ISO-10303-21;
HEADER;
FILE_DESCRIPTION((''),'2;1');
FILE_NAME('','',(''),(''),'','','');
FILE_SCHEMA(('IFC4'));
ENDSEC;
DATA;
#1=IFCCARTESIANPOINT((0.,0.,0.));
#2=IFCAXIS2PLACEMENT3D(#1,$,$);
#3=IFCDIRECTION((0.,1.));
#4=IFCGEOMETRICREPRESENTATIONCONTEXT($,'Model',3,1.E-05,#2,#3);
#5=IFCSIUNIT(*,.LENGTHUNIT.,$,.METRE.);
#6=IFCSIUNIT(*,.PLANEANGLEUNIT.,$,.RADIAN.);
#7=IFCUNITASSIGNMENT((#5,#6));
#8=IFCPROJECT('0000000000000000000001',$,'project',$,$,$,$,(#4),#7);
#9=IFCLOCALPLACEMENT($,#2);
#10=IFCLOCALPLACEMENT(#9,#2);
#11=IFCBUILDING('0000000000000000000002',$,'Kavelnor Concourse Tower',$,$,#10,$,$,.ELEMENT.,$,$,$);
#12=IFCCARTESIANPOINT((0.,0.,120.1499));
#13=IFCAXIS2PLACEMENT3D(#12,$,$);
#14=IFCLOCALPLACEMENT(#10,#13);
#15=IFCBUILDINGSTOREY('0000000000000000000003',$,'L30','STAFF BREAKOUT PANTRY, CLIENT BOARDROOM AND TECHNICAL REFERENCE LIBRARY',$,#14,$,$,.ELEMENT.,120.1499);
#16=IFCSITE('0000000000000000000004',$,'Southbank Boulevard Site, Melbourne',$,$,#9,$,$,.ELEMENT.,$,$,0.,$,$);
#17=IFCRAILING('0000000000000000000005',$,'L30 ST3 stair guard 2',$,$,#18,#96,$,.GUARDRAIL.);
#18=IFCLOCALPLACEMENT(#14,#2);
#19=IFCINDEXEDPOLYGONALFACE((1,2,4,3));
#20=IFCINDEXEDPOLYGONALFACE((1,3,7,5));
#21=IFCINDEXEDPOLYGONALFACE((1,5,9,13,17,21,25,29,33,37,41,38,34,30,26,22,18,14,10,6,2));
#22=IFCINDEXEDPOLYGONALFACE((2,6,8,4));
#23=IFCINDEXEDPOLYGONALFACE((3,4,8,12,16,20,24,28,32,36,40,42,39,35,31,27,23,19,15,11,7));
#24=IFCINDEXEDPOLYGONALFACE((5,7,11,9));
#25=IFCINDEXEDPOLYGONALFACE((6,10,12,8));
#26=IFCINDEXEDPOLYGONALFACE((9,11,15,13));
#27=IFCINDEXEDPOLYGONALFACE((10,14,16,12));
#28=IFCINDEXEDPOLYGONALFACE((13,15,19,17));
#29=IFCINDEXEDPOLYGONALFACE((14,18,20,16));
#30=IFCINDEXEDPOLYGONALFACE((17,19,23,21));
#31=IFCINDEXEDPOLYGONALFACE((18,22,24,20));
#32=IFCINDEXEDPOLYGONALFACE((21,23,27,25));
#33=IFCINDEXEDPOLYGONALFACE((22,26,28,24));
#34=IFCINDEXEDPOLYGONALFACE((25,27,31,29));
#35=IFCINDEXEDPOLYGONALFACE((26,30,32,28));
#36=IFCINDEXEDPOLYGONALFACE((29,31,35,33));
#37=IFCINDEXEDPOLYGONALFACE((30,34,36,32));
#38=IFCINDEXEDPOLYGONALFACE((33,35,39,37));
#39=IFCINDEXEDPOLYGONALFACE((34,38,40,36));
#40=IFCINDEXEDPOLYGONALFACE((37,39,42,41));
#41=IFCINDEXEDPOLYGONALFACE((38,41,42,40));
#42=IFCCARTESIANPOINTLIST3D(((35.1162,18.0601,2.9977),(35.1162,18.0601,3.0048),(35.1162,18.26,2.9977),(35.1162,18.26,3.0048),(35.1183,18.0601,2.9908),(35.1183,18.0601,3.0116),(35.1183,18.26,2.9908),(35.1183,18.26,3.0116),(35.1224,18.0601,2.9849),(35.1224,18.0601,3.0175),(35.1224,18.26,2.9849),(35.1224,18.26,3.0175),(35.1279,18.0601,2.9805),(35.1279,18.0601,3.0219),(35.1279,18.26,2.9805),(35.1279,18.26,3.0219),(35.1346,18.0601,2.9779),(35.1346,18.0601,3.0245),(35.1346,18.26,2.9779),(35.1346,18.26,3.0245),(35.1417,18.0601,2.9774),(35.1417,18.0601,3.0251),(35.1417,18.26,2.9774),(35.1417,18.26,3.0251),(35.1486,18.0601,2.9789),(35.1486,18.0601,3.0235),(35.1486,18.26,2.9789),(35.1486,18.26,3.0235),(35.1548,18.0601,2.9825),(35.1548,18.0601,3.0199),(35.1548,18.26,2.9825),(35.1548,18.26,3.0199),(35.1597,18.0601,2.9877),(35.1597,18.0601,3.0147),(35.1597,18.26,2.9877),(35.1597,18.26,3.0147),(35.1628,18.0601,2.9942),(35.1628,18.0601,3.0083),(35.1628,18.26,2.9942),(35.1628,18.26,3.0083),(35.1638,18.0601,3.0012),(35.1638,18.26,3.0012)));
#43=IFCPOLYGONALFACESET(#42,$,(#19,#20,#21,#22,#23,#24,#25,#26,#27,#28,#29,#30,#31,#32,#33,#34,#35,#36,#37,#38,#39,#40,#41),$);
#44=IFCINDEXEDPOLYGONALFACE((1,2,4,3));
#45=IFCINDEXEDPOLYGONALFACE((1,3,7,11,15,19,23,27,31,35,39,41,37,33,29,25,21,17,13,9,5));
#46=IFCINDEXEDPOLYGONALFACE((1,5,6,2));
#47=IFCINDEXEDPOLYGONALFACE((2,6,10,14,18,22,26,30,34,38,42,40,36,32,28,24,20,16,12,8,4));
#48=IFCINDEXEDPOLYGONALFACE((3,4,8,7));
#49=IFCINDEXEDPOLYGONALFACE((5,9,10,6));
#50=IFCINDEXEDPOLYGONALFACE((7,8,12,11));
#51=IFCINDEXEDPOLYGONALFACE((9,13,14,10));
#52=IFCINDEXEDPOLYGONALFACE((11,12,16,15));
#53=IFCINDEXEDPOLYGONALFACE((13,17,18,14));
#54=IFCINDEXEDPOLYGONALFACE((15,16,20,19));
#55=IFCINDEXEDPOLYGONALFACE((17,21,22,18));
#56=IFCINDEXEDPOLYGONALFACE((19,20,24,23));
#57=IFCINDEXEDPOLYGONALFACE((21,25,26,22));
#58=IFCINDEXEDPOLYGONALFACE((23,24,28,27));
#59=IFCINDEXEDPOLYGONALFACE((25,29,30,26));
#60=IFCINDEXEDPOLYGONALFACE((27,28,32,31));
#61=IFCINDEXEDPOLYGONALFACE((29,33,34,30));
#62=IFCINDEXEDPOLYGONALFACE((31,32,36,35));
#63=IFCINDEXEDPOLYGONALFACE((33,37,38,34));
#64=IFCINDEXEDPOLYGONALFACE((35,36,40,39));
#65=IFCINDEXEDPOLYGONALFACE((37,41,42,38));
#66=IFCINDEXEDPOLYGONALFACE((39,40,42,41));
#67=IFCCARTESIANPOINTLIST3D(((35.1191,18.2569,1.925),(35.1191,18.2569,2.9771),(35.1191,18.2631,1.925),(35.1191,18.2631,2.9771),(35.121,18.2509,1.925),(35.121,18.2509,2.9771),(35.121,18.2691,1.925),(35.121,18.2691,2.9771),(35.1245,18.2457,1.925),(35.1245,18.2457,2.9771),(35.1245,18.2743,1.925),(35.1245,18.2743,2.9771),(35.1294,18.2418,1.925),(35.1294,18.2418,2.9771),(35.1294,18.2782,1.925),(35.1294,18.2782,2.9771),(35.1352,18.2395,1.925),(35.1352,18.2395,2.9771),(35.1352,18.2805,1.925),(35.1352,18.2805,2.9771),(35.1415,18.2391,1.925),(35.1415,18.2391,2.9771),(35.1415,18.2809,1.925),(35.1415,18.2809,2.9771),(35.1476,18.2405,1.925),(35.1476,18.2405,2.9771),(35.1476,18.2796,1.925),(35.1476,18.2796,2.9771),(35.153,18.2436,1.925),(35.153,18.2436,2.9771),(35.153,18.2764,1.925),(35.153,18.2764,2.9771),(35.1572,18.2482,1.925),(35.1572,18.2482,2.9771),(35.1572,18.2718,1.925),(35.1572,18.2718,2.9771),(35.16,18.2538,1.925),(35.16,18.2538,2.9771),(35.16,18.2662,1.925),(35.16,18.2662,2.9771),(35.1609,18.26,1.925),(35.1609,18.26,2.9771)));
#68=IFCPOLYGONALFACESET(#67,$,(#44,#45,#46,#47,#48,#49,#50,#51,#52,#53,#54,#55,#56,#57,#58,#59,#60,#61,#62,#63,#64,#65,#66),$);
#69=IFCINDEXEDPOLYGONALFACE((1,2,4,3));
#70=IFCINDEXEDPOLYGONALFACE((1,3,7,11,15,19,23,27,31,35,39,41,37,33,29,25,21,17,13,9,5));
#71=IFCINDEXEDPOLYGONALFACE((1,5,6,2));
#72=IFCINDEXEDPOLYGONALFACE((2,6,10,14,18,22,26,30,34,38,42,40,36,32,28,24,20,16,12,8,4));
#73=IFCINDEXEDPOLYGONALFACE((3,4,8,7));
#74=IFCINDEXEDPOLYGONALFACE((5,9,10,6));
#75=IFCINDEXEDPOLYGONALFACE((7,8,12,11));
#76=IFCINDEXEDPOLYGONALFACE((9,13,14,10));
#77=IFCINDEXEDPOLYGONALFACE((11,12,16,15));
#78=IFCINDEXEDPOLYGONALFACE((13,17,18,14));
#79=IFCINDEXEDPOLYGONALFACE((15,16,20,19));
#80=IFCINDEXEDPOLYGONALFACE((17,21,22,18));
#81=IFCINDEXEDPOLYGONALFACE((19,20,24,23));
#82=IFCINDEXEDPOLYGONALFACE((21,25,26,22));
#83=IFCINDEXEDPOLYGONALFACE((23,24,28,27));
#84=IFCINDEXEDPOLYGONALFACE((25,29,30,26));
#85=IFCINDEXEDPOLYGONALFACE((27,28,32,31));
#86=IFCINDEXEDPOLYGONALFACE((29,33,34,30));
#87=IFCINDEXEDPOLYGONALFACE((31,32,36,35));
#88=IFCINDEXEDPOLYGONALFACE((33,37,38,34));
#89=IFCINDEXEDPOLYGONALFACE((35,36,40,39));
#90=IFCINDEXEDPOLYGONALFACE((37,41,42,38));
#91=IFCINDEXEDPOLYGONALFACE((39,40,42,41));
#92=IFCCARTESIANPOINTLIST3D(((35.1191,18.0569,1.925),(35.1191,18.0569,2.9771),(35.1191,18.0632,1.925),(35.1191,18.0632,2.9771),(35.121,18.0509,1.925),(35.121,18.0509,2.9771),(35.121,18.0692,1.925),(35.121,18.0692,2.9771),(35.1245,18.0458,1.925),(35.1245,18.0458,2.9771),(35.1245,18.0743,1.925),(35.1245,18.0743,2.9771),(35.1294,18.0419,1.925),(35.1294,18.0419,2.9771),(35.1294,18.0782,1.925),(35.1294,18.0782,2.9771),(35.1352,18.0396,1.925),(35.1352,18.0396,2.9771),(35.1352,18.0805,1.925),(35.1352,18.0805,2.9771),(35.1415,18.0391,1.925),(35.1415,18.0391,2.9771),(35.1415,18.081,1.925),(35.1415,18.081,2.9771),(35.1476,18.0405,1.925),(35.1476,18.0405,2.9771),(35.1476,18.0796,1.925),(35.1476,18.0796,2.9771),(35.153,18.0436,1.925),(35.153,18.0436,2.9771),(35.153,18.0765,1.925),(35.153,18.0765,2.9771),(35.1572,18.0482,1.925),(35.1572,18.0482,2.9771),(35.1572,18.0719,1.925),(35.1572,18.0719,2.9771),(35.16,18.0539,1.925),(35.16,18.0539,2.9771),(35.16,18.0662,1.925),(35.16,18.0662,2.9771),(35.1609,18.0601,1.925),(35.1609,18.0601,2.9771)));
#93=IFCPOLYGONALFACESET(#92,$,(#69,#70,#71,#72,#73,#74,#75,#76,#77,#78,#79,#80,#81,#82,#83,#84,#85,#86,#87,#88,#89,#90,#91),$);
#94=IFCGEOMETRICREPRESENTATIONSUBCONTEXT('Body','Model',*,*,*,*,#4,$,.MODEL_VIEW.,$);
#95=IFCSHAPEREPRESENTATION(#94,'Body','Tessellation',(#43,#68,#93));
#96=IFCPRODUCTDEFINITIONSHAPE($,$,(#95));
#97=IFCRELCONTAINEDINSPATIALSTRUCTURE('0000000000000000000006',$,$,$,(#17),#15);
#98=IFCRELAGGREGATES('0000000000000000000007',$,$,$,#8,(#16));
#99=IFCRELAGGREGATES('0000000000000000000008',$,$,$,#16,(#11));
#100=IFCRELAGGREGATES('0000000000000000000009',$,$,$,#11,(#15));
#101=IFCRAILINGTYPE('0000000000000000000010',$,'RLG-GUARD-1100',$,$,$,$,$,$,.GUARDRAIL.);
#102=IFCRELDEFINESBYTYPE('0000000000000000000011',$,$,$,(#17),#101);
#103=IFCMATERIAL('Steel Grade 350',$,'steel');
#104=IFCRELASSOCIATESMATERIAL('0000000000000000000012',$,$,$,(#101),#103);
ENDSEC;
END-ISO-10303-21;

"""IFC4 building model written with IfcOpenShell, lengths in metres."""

from ifc_helpers import new_model, si_unit, direction, frame, origin, origin_2d, place, context, subcontext, project, spatial, circle, extrude, material, type_object, element, save


model = new_model("IFC4")

# Units and contexts
model_context = context("Model", 3, precision=1e-05, world=origin(), true_north=direction((0.0, 1.0)))
body_context = subcontext(model_context, "Body", "Model", "MODEL_VIEW")
ifc_project = project(units=[si_unit("LENGTHUNIT", "METRE"), si_unit("PLANEANGLEUNIT", "RADIAN")], contexts=[model_context])

# Site, building, storey
site_placement = place(None, origin())
site = spatial("IfcSite", under=ifc_project, at=site_placement, Name="Southbank Boulevard Site, Melbourne", CompositionType="ELEMENT", RefElevation=0.0)
building_placement = place(site_placement, origin())
building = spatial("IfcBuilding", under=site, at=building_placement, Name="Kavelnor Concourse Tower", CompositionType="ELEMENT")
storey_placement = place(building_placement, frame((0.0, 0.0, 120.1499)))
storey = spatial("IfcBuildingStorey", under=building, at=storey_placement, Name="L30", Description="STAFF BREAKOUT PANTRY, CLIENT BOARDROOM AND TECHNICAL REFERENCE LIBRARY", CompositionType="ELEMENT", Elevation=120.1499)

# Shared definitions
ifc_material_1 = material(Name="Steel Grade 350", Category="steel")

# Railing
railing_type = type_object("IfcRailingType", Name="RLG-GUARD-1100", PredefinedType="GUARDRAIL", material=ifc_material_1)
railing_1_placement = place(storey_placement, frame((35.1399, 18.26, 1.925)))
element("IfcRailing", 1, at=railing_1_placement, inside=storey, type_object=railing_type, Name="L30 ST3 stair guard 2", PredefinedType="GUARDRAIL", context=body_context, shape_type="SweptSolid", body=[
    extrude(circle(Radius=0.0239, at=origin_2d()), frame((0.0, 0.0, 1.0762), z_axis=(0.0, -1.0, 0.0), x_axis=(1.0, 0.0, 0.0)), (0.0, 0.0, 1.0), 0.2),
    extrude(circle(Radius=0.021, at=origin_2d()), origin(), (0.0, 0.0, 1.0), 1.052),
    extrude(circle(Radius=0.021, at=origin_2d()), frame((0.0, -0.2, 0.0)), (0.0, 0.0, 1.0), 1.052),
])

save(model, "model.ifc")
